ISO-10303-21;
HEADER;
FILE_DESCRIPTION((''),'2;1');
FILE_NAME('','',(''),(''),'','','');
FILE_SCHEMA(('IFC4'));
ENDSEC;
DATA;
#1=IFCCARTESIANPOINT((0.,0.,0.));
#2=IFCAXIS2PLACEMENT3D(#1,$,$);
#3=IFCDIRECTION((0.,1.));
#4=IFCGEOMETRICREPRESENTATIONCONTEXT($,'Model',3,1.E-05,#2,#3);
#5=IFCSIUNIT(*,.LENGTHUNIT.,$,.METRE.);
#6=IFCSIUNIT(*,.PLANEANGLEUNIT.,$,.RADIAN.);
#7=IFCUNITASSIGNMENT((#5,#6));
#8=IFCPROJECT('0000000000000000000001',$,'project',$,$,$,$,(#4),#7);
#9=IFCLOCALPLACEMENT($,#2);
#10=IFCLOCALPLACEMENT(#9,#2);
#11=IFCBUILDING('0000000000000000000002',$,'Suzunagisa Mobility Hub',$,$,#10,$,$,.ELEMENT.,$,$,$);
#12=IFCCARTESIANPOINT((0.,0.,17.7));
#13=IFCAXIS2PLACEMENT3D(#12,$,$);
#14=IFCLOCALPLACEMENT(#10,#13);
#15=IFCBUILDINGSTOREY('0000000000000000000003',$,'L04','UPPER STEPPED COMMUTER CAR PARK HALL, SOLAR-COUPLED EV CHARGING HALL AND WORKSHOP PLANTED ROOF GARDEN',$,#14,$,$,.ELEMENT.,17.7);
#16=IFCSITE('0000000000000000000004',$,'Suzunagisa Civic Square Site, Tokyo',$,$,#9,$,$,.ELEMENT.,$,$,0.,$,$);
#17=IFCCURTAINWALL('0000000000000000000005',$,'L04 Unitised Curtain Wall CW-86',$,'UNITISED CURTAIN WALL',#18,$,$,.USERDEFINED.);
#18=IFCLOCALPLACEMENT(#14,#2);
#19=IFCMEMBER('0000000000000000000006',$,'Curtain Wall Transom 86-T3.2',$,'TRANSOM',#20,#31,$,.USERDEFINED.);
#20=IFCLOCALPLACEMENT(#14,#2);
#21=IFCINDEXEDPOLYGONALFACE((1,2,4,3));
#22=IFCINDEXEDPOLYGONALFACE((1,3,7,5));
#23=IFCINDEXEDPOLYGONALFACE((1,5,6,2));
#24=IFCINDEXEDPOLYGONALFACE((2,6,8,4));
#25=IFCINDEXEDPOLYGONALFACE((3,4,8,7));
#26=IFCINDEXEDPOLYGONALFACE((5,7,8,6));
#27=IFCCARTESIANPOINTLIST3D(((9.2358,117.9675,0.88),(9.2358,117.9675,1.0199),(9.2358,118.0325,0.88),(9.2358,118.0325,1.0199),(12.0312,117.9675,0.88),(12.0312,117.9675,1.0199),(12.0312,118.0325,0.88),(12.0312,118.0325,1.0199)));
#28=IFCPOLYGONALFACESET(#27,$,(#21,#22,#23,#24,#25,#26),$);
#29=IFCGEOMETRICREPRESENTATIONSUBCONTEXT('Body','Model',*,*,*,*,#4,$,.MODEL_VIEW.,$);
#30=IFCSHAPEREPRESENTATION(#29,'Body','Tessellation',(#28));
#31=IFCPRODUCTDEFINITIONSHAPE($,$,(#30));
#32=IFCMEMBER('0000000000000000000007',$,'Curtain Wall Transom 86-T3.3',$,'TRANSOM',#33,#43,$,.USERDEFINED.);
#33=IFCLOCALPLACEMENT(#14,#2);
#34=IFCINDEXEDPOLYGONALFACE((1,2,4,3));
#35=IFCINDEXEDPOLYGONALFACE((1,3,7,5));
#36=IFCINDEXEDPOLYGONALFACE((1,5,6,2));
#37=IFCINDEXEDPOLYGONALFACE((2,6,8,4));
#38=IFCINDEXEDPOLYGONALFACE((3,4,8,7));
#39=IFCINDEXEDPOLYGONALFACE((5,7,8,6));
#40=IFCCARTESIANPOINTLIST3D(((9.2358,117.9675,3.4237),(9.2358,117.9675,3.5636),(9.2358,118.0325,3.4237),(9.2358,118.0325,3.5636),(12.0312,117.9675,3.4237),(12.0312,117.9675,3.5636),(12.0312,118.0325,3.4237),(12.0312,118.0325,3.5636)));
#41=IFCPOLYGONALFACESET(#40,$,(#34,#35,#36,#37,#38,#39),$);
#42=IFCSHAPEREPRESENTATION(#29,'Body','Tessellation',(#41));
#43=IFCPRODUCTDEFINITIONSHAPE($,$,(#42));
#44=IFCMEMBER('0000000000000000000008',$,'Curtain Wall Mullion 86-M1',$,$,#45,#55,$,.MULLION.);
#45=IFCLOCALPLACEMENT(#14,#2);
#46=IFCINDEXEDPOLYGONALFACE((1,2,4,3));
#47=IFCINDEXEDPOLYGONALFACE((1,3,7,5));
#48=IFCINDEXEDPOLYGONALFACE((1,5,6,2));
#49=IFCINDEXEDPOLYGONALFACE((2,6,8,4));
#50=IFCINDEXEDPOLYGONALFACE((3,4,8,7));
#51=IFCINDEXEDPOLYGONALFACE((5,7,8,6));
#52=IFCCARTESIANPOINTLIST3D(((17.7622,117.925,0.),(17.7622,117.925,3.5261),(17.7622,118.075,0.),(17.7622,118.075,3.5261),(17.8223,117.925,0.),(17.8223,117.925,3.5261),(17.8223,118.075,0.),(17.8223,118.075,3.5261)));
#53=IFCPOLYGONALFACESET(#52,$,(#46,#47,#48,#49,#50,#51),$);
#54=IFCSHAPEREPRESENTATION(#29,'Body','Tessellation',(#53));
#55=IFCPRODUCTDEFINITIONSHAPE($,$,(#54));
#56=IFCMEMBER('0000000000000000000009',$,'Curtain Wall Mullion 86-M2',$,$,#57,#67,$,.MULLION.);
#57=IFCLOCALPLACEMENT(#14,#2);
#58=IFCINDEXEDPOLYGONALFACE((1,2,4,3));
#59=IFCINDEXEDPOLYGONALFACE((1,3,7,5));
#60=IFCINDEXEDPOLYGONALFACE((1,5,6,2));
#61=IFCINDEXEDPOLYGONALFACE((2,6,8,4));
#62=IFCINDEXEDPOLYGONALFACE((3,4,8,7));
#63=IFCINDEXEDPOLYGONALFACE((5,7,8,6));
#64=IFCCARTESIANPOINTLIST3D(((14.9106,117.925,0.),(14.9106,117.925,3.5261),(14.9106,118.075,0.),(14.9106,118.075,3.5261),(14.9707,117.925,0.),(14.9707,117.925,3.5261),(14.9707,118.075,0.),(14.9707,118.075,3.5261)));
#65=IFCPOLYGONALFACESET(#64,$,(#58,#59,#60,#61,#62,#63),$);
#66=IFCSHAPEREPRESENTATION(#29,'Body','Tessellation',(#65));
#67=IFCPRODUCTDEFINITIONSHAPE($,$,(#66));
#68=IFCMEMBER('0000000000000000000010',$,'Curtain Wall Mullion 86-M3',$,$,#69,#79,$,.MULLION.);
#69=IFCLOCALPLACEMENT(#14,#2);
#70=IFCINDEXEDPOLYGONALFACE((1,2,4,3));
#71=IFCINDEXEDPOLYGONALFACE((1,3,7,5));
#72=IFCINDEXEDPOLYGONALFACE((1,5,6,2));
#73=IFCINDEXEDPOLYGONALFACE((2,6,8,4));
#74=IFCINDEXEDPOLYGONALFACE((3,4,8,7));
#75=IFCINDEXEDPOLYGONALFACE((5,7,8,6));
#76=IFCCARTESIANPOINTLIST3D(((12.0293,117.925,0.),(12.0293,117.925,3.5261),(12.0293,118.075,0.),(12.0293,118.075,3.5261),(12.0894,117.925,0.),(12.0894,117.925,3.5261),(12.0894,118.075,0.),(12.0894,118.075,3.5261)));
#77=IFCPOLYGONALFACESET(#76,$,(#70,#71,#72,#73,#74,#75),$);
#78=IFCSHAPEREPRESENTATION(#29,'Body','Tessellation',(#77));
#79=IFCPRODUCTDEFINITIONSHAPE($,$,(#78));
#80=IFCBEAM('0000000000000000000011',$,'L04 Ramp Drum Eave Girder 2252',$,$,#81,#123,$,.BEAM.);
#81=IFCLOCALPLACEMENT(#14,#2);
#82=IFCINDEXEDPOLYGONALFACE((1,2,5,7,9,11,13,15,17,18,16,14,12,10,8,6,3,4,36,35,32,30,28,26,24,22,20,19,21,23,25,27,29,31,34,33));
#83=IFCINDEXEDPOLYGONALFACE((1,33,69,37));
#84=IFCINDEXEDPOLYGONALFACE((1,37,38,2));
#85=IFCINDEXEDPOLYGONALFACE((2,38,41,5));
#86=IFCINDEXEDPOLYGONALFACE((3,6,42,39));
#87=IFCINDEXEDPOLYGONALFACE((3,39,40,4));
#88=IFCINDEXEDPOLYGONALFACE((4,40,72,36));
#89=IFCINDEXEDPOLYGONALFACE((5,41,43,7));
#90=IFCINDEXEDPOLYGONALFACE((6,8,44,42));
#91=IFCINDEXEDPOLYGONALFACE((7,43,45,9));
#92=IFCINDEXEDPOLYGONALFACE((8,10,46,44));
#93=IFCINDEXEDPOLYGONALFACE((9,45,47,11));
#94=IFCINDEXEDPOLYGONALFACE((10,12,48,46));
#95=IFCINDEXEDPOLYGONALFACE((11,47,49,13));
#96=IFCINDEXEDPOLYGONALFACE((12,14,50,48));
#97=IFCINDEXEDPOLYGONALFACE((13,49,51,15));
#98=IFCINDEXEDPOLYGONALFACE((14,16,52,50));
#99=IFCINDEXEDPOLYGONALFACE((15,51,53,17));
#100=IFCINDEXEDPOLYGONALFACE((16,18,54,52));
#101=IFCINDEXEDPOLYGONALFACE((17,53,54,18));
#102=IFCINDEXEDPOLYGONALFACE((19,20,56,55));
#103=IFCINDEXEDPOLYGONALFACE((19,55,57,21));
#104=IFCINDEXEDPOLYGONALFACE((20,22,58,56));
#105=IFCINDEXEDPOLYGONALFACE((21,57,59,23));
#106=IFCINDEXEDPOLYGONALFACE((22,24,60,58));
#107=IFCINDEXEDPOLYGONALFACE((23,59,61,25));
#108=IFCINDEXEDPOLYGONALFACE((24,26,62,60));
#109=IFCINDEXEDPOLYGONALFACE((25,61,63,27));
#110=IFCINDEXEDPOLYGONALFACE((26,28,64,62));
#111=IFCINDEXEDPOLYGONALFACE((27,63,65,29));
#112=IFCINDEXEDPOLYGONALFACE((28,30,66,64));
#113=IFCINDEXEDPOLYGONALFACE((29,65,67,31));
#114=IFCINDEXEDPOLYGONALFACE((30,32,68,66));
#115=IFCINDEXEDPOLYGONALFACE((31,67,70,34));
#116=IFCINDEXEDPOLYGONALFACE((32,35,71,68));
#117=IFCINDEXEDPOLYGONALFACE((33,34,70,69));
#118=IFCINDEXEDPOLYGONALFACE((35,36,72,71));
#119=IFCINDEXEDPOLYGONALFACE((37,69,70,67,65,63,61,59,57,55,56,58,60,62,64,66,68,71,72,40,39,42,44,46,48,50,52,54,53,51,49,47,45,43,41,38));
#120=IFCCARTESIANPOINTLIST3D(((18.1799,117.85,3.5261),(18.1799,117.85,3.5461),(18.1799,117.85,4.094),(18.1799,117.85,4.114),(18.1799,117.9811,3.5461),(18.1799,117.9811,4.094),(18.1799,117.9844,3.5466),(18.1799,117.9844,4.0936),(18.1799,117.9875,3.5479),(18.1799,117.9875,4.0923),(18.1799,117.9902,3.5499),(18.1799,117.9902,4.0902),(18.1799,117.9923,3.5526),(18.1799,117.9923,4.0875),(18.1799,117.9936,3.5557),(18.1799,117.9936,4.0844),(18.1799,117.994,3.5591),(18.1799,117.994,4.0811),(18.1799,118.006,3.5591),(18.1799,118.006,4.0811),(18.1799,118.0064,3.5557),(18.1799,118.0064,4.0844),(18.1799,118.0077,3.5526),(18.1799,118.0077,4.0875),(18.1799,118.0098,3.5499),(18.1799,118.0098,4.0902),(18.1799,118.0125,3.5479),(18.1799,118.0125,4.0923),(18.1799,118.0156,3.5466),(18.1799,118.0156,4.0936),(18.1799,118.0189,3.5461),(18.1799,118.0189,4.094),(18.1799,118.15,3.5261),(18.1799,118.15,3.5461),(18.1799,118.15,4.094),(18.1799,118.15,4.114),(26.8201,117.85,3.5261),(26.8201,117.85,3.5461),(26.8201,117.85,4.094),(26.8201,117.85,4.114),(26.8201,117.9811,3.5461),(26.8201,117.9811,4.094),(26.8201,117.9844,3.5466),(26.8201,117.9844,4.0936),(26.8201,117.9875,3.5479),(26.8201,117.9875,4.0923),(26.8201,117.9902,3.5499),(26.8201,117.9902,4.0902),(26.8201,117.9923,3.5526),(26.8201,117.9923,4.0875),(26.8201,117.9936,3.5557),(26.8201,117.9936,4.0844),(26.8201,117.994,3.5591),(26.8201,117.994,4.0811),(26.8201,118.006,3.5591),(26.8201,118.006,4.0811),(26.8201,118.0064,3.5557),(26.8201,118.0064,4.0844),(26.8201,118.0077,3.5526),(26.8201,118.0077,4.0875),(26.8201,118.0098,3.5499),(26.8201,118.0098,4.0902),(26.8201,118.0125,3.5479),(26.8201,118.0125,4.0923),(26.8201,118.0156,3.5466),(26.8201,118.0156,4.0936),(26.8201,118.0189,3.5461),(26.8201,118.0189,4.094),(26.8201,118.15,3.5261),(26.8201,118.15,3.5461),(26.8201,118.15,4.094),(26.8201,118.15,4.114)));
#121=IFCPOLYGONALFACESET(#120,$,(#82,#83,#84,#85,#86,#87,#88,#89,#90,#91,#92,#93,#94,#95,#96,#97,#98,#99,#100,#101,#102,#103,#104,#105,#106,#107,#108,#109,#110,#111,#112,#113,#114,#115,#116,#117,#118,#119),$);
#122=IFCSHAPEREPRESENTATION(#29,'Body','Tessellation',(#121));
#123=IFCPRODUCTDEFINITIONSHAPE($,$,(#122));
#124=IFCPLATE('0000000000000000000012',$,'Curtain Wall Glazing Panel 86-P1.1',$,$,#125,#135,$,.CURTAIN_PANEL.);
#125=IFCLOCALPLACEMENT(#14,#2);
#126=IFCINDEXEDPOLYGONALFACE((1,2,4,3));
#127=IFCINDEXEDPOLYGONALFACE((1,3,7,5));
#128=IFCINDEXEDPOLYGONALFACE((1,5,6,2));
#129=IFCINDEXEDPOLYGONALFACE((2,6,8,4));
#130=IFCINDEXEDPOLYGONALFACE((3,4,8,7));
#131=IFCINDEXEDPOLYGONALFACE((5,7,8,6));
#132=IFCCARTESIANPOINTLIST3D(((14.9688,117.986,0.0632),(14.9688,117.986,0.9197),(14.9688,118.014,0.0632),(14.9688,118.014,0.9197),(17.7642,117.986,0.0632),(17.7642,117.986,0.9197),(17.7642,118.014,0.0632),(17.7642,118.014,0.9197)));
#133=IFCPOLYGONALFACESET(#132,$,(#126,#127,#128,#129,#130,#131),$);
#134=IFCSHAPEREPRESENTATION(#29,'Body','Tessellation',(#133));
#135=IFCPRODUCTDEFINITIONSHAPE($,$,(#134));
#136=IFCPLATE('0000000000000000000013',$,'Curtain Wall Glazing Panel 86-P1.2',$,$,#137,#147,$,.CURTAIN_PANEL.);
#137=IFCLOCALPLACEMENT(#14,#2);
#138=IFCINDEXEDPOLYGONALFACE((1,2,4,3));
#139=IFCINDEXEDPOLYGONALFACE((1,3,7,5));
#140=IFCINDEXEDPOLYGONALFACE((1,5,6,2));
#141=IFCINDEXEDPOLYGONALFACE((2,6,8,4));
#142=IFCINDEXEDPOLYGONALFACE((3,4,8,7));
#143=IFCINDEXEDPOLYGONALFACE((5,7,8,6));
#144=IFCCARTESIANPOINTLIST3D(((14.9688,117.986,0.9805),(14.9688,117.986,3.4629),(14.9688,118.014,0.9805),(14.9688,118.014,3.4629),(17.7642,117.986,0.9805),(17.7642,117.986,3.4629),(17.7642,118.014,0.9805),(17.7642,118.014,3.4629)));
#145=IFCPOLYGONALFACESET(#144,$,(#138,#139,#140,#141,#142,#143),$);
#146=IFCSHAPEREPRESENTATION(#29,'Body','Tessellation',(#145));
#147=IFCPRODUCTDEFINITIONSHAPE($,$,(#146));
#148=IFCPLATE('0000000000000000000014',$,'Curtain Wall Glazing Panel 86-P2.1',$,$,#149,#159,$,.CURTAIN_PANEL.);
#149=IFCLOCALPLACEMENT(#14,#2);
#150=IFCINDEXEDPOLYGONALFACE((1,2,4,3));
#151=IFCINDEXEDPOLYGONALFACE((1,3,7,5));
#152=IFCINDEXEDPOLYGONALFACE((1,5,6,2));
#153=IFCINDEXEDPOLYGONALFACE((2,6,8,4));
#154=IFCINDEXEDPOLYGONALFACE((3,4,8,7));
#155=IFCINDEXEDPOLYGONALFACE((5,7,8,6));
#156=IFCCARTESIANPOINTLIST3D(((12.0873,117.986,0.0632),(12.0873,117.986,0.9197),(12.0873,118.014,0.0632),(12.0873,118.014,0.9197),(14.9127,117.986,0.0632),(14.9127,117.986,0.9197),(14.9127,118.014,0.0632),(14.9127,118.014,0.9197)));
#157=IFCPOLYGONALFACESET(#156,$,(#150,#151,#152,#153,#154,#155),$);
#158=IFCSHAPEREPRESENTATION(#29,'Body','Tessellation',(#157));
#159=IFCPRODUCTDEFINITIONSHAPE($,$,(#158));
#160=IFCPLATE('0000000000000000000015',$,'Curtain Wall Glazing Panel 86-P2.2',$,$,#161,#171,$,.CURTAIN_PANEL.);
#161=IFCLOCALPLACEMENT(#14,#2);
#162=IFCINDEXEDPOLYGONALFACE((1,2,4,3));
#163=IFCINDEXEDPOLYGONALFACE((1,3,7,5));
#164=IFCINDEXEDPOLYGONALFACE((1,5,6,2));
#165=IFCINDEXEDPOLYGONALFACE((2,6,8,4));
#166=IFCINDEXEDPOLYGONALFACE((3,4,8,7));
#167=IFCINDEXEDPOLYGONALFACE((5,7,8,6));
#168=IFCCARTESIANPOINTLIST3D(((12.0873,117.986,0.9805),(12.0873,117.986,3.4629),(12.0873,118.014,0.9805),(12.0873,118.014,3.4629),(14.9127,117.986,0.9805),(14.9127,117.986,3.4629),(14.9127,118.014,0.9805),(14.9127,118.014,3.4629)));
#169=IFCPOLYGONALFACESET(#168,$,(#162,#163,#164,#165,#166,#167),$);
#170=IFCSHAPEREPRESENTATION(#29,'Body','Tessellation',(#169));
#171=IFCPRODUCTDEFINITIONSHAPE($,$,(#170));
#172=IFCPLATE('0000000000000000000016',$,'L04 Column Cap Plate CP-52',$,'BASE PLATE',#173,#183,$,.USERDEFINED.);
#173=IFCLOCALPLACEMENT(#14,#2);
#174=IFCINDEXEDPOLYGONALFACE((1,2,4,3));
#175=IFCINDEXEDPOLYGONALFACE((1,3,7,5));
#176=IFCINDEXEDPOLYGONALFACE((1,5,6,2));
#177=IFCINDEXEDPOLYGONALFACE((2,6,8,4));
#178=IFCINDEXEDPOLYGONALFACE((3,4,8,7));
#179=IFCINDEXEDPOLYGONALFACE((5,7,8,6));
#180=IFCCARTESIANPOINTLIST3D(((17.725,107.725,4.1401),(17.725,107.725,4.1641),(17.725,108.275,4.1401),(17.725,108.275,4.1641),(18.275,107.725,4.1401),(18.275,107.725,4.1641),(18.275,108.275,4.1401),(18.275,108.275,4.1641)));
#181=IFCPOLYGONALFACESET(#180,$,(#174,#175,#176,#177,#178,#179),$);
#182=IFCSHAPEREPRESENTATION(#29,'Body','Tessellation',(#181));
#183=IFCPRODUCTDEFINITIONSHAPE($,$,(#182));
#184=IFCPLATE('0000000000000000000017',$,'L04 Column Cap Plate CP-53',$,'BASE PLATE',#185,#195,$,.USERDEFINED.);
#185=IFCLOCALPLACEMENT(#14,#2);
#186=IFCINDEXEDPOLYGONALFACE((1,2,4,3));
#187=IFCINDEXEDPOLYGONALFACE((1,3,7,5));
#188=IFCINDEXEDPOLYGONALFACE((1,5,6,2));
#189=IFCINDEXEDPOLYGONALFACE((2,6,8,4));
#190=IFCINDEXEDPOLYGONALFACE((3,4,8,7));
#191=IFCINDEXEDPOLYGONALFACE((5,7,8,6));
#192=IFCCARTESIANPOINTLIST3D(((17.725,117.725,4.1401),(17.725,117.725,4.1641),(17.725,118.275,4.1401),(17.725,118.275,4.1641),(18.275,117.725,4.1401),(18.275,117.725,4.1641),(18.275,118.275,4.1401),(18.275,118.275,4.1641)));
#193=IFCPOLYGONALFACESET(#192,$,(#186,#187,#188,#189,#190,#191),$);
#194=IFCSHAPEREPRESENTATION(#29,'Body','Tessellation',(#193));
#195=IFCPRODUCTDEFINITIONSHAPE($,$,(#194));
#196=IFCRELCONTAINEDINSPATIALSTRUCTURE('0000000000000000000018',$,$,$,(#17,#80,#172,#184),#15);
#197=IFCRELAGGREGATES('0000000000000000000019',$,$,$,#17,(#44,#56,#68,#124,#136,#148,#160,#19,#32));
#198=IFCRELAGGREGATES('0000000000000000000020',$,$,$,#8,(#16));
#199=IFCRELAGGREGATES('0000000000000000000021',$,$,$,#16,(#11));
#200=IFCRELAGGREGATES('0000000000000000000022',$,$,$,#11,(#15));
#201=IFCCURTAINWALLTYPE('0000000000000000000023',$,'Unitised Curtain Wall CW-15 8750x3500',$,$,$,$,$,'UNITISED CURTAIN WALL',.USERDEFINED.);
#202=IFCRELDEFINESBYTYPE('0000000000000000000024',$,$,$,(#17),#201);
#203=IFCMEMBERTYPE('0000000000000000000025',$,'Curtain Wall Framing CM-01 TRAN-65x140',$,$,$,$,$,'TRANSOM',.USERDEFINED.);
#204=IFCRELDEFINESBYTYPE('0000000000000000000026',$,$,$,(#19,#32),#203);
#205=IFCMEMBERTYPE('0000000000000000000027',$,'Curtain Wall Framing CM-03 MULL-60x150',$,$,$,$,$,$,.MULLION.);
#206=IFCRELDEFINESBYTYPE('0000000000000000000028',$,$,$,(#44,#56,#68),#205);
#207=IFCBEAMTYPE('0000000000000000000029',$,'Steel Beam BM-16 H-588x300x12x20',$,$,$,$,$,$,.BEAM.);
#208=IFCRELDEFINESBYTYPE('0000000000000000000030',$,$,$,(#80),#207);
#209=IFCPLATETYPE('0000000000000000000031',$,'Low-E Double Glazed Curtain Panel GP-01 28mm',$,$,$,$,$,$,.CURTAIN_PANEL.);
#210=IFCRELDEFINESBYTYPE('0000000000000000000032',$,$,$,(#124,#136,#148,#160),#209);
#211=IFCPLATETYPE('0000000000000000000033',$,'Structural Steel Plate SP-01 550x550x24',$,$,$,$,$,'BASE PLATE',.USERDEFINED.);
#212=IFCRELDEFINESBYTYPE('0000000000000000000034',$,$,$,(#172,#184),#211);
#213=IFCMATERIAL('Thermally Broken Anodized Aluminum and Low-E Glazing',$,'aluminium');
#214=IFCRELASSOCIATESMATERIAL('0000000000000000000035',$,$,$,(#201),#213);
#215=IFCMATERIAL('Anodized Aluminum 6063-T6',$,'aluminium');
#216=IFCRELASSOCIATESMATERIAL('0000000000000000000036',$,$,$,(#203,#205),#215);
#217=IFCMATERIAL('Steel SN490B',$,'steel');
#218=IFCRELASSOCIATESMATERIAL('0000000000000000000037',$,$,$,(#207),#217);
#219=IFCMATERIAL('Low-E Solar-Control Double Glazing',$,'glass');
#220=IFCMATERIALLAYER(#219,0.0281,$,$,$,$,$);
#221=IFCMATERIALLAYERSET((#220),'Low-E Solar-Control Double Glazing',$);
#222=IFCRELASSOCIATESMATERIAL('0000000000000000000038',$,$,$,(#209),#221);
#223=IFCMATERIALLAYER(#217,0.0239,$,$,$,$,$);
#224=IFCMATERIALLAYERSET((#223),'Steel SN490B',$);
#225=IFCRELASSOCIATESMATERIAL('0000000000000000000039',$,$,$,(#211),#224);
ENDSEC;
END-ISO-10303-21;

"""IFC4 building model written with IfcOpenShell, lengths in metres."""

from ifc_helpers import new_model, si_unit, direction, frame, origin, origin_2d, place, context, subcontext, project, spatial, rectangle, i_section, extrude, material, layer, layer_set, material_profile, profile_set, type_object, element, aggregate, save


model = new_model("IFC4")

# Units and contexts
model_context = context("Model", 3, precision=1e-05, world=origin(), true_north=direction((0.0, 1.0)))
body_context = subcontext(model_context, "Body", "Model", "MODEL_VIEW")
ifc_project = project(units=[si_unit("LENGTHUNIT", "METRE"), si_unit("PLANEANGLEUNIT", "RADIAN")], contexts=[model_context])

# Site, building, storey
site_placement = place(None, origin())
site = spatial("IfcSite", under=ifc_project, at=site_placement, Name="Suzunagisa Civic Square Site, Tokyo", CompositionType="ELEMENT", RefElevation=0.0)
building_placement = place(site_placement, origin())
building = spatial("IfcBuilding", under=site, at=building_placement, Name="Suzunagisa Mobility Hub", CompositionType="ELEMENT")
storey_placement = place(building_placement, frame((0.0, 0.0, 17.7)))
storey = spatial("IfcBuildingStorey", under=building, at=storey_placement, Name="L04", Description="UPPER STEPPED COMMUTER CAR PARK HALL, SOLAR-COUPLED EV CHARGING HALL AND WORKSHOP PLANTED ROOF GARDEN", CompositionType="ELEMENT", Elevation=17.7)

# Shared definitions
ifc_material_1 = material(Name="Steel SN490B", Category="steel")

# Curtain wall, members
ifc_material_2 = material(Name="Thermally Broken Anodized Aluminum and Low-E Glazing", Category="aluminium")
curtain_wall_type = type_object("IfcCurtainWallType", Name="Unitised Curtain Wall CW-15 8750x3500", ElementType="UNITISED CURTAIN WALL", PredefinedType="USERDEFINED", material=ifc_material_2)
curtain_wall_placement = place(storey_placement, origin())
curtain_wall = element("IfcCurtainWall", 1, at=curtain_wall_placement, inside=storey, type_object=curtain_wall_type, Name="L04 Unitised Curtain Wall CW-86", ObjectType="UNITISED CURTAIN WALL", PredefinedType="USERDEFINED")
ifc_material_3 = material(Name="Anodized Aluminum 6063-T6", Category="aluminium")
ifc_material_profile_1 = material_profile(ifc_material_3, rectangle(XDim=0.0649, YDim=0.1399, at=origin_2d()), Name="TRAN-65x140")
ifc_profile_set_1 = profile_set([ifc_material_profile_1], Name="Anodized Aluminum 6063-T6")
member_type_1 = type_object("IfcMemberType", Name="Curtain Wall Framing CM-01 TRAN-65x140", ElementType="TRANSOM", PredefinedType="USERDEFINED", material=ifc_profile_set_1)
member_1_placement = place(storey_placement, frame((12.0312, 118.0, 0.95), z_axis=(-1.0, 0.0, 0.0), x_axis=(0.0, -1.0, 0.0)))
member_1 = element("IfcMember", 2, at=member_1_placement, type_object=member_type_1, Name="Curtain Wall Transom 86-T3.2", ObjectType="TRANSOM", PredefinedType="USERDEFINED", context=body_context, shape_type="SweptSolid", body=[
    extrude(rectangle(XDim=0.0649, YDim=0.1399, at=origin_2d()), origin(), (0.0, 0.0, 1.0), 2.7954),
])
member_2_placement = place(storey_placement, frame((12.0312, 118.0, 3.4937), z_axis=(-1.0, 0.0, 0.0), x_axis=(0.0, -1.0, 0.0)))
member_2 = element("IfcMember", 3, at=member_2_placement, type_object=member_type_1, Name="Curtain Wall Transom 86-T3.3", ObjectType="TRANSOM", PredefinedType="USERDEFINED", context=body_context, shape_type="SweptSolid", body=[
    extrude(rectangle(XDim=0.0649, YDim=0.1399, at=origin_2d()), origin(), (0.0, 0.0, 1.0), 2.7954),
])
ifc_material_profile_2 = material_profile(ifc_material_3, rectangle(XDim=0.0601, YDim=0.1499, at=origin_2d()), Name="MULL-60x150")
ifc_profile_set_2 = profile_set([ifc_material_profile_2], Name="Anodized Aluminum 6063-T6")
member_type_2 = type_object("IfcMemberType", Name="Curtain Wall Framing CM-03 MULL-60x150", PredefinedType="MULLION", material=ifc_profile_set_2)
member_3_placement = place(storey_placement, frame((17.7922, 118.0, 0.0), z_axis=(0.0, 0.0, 1.0), x_axis=(-1.0, 0.0, 0.0)))
member_3 = element("IfcMember", 4, at=member_3_placement, type_object=member_type_2, Name="Curtain Wall Mullion 86-M1", PredefinedType="MULLION", context=body_context, shape_type="SweptSolid", body=[
    extrude(rectangle(XDim=0.0601, YDim=0.1499, at=origin_2d()), origin(), (0.0, 0.0, 1.0), 3.5261),
])
member_4_placement = place(storey_placement, frame((14.9407, 118.0, 0.0), z_axis=(0.0, 0.0, 1.0), x_axis=(-1.0, 0.0, 0.0)))
member_4 = element("IfcMember", 5, at=member_4_placement, type_object=member_type_2, Name="Curtain Wall Mullion 86-M2", PredefinedType="MULLION", context=body_context, shape_type="SweptSolid", body=[
    extrude(rectangle(XDim=0.0601, YDim=0.1499, at=origin_2d()), origin(), (0.0, 0.0, 1.0), 3.5261),
])
member_5_placement = place(storey_placement, frame((12.0593, 118.0, 0.0), z_axis=(0.0, 0.0, 1.0), x_axis=(-1.0, 0.0, 0.0)))
member_5 = element("IfcMember", 6, at=member_5_placement, type_object=member_type_2, Name="Curtain Wall Mullion 86-M3", PredefinedType="MULLION", context=body_context, shape_type="SweptSolid", body=[
    extrude(rectangle(XDim=0.0601, YDim=0.1499, at=origin_2d()), origin(), (0.0, 0.0, 1.0), 3.5261),
])

# Beam
ifc_material_profile_3 = material_profile(ifc_material_1, i_section(OverallWidth=0.3, OverallDepth=0.5879, WebThickness=0.012, FlangeThickness=0.02, FilletRadius=0.0129, at=origin_2d()), Name="H-588x300x12x20")
ifc_profile_set_3 = profile_set([ifc_material_profile_3], Name="Steel SN490B")
beam_type = type_object("IfcBeamType", Name="Steel Beam BM-16 H-588x300x12x20", PredefinedType="BEAM", material=ifc_profile_set_3)
beam_placement = place(storey_placement, frame((18.1799, 118.0, 3.8201), z_axis=(1.0, 0.0, 0.0), x_axis=(0.0, 1.0, 0.0)))
element("IfcBeam", 7, at=beam_placement, inside=storey, type_object=beam_type, Name="L04 Ramp Drum Eave Girder 2252", PredefinedType="BEAM", context=body_context, shape_type="SweptSolid", body=[
    extrude(i_section(OverallWidth=0.3, OverallDepth=0.5879, WebThickness=0.012, FlangeThickness=0.02, FilletRadius=0.0129, at=origin_2d()), origin(), (0.0, 0.0, 1.0), 8.6401),
])

# Plates
ifc_material_4 = material(Name="Low-E Solar-Control Double Glazing", Category="glass")
ifc_layer_1 = layer(ifc_material_4, 0.0281)
ifc_layer_set_1 = layer_set([ifc_layer_1], Name="Low-E Solar-Control Double Glazing")
plate_type_1 = type_object("IfcPlateType", Name="Low-E Double Glazed Curtain Panel GP-01 28mm", PredefinedType="CURTAIN_PANEL", material=ifc_layer_set_1)
plate_1_placement = place(storey_placement, frame((16.3665, 118.0, 0.0632), z_axis=(0.0, 0.0, 1.0), x_axis=(-1.0, 0.0, 0.0)))
plate_1 = element("IfcPlate", 8, at=plate_1_placement, type_object=plate_type_1, Name="Curtain Wall Glazing Panel 86-P1.1", PredefinedType="CURTAIN_PANEL", context=body_context, shape_type="SweptSolid", body=[
    extrude(rectangle(XDim=2.7954, YDim=0.0281, at=origin_2d()), origin(), (0.0, 0.0, 1.0), 0.8564),
])
plate_2_placement = place(storey_placement, frame((16.3665, 118.0, 0.9805), z_axis=(0.0, 0.0, 1.0), x_axis=(-1.0, 0.0, 0.0)))
plate_2 = element("IfcPlate", 9, at=plate_2_placement, type_object=plate_type_1, Name="Curtain Wall Glazing Panel 86-P1.2", PredefinedType="CURTAIN_PANEL", context=body_context, shape_type="SweptSolid", body=[
    extrude(rectangle(XDim=2.7954, YDim=0.0281, at=origin_2d()), origin(), (0.0, 0.0, 1.0), 2.4824),
])
plate_3_placement = place(storey_placement, frame((13.5, 118.0, 0.0632), z_axis=(0.0, 0.0, 1.0), x_axis=(-1.0, 0.0, 0.0)))
plate_3 = element("IfcPlate", 10, at=plate_3_placement, type_object=plate_type_1, Name="Curtain Wall Glazing Panel 86-P2.1", PredefinedType="CURTAIN_PANEL", context=body_context, shape_type="SweptSolid", body=[
    extrude(rectangle(XDim=2.8254, YDim=0.0281, at=origin_2d()), origin(), (0.0, 0.0, 1.0), 0.8564),
])
plate_4_placement = place(storey_placement, frame((13.5, 118.0, 0.9805), z_axis=(0.0, 0.0, 1.0), x_axis=(-1.0, 0.0, 0.0)))
plate_4 = element("IfcPlate", 11, at=plate_4_placement, type_object=plate_type_1, Name="Curtain Wall Glazing Panel 86-P2.2", PredefinedType="CURTAIN_PANEL", context=body_context, shape_type="SweptSolid", body=[
    extrude(rectangle(XDim=2.8254, YDim=0.0281, at=origin_2d()), origin(), (0.0, 0.0, 1.0), 2.4824),
])
aggregate(curtain_wall, [member_3, member_4, member_5, plate_1, plate_2, plate_3, plate_4, member_1, member_2])

# Plates
ifc_layer_2 = layer(ifc_material_1, 0.0239)
ifc_layer_set_2 = layer_set([ifc_layer_2], Name="Steel SN490B")
plate_type_2 = type_object("IfcPlateType", Name="Structural Steel Plate SP-01 550x550x24", ElementType="BASE PLATE", PredefinedType="USERDEFINED", material=ifc_layer_set_2)
for number, where, z_axis, x_axis, name in (
    (12, (18.0, 108.0, 4.1401), (0.0, 0.0, 1.0), (1.0, 0.0, 0.0), "L04 Column Cap Plate CP-52"),
    (13, (18.0, 118.0, 4.1401), (0.0, 0.0, 1.0), (1.0, 0.0, 0.0), "L04 Column Cap Plate CP-53"),
):
    element("IfcPlate", number, at=place(storey_placement, frame(where, z_axis=z_axis, x_axis=x_axis)), inside=storey, type_object=plate_type_2, Name=name, ObjectType="BASE PLATE", PredefinedType="USERDEFINED", context=body_context, shape_type="SweptSolid", body=[
        extrude(rectangle(XDim=0.55, YDim=0.55, at=origin_2d()), origin(), (0.0, 0.0, 1.0), 0.0239),
    ])

save(model, "model.ifc")
